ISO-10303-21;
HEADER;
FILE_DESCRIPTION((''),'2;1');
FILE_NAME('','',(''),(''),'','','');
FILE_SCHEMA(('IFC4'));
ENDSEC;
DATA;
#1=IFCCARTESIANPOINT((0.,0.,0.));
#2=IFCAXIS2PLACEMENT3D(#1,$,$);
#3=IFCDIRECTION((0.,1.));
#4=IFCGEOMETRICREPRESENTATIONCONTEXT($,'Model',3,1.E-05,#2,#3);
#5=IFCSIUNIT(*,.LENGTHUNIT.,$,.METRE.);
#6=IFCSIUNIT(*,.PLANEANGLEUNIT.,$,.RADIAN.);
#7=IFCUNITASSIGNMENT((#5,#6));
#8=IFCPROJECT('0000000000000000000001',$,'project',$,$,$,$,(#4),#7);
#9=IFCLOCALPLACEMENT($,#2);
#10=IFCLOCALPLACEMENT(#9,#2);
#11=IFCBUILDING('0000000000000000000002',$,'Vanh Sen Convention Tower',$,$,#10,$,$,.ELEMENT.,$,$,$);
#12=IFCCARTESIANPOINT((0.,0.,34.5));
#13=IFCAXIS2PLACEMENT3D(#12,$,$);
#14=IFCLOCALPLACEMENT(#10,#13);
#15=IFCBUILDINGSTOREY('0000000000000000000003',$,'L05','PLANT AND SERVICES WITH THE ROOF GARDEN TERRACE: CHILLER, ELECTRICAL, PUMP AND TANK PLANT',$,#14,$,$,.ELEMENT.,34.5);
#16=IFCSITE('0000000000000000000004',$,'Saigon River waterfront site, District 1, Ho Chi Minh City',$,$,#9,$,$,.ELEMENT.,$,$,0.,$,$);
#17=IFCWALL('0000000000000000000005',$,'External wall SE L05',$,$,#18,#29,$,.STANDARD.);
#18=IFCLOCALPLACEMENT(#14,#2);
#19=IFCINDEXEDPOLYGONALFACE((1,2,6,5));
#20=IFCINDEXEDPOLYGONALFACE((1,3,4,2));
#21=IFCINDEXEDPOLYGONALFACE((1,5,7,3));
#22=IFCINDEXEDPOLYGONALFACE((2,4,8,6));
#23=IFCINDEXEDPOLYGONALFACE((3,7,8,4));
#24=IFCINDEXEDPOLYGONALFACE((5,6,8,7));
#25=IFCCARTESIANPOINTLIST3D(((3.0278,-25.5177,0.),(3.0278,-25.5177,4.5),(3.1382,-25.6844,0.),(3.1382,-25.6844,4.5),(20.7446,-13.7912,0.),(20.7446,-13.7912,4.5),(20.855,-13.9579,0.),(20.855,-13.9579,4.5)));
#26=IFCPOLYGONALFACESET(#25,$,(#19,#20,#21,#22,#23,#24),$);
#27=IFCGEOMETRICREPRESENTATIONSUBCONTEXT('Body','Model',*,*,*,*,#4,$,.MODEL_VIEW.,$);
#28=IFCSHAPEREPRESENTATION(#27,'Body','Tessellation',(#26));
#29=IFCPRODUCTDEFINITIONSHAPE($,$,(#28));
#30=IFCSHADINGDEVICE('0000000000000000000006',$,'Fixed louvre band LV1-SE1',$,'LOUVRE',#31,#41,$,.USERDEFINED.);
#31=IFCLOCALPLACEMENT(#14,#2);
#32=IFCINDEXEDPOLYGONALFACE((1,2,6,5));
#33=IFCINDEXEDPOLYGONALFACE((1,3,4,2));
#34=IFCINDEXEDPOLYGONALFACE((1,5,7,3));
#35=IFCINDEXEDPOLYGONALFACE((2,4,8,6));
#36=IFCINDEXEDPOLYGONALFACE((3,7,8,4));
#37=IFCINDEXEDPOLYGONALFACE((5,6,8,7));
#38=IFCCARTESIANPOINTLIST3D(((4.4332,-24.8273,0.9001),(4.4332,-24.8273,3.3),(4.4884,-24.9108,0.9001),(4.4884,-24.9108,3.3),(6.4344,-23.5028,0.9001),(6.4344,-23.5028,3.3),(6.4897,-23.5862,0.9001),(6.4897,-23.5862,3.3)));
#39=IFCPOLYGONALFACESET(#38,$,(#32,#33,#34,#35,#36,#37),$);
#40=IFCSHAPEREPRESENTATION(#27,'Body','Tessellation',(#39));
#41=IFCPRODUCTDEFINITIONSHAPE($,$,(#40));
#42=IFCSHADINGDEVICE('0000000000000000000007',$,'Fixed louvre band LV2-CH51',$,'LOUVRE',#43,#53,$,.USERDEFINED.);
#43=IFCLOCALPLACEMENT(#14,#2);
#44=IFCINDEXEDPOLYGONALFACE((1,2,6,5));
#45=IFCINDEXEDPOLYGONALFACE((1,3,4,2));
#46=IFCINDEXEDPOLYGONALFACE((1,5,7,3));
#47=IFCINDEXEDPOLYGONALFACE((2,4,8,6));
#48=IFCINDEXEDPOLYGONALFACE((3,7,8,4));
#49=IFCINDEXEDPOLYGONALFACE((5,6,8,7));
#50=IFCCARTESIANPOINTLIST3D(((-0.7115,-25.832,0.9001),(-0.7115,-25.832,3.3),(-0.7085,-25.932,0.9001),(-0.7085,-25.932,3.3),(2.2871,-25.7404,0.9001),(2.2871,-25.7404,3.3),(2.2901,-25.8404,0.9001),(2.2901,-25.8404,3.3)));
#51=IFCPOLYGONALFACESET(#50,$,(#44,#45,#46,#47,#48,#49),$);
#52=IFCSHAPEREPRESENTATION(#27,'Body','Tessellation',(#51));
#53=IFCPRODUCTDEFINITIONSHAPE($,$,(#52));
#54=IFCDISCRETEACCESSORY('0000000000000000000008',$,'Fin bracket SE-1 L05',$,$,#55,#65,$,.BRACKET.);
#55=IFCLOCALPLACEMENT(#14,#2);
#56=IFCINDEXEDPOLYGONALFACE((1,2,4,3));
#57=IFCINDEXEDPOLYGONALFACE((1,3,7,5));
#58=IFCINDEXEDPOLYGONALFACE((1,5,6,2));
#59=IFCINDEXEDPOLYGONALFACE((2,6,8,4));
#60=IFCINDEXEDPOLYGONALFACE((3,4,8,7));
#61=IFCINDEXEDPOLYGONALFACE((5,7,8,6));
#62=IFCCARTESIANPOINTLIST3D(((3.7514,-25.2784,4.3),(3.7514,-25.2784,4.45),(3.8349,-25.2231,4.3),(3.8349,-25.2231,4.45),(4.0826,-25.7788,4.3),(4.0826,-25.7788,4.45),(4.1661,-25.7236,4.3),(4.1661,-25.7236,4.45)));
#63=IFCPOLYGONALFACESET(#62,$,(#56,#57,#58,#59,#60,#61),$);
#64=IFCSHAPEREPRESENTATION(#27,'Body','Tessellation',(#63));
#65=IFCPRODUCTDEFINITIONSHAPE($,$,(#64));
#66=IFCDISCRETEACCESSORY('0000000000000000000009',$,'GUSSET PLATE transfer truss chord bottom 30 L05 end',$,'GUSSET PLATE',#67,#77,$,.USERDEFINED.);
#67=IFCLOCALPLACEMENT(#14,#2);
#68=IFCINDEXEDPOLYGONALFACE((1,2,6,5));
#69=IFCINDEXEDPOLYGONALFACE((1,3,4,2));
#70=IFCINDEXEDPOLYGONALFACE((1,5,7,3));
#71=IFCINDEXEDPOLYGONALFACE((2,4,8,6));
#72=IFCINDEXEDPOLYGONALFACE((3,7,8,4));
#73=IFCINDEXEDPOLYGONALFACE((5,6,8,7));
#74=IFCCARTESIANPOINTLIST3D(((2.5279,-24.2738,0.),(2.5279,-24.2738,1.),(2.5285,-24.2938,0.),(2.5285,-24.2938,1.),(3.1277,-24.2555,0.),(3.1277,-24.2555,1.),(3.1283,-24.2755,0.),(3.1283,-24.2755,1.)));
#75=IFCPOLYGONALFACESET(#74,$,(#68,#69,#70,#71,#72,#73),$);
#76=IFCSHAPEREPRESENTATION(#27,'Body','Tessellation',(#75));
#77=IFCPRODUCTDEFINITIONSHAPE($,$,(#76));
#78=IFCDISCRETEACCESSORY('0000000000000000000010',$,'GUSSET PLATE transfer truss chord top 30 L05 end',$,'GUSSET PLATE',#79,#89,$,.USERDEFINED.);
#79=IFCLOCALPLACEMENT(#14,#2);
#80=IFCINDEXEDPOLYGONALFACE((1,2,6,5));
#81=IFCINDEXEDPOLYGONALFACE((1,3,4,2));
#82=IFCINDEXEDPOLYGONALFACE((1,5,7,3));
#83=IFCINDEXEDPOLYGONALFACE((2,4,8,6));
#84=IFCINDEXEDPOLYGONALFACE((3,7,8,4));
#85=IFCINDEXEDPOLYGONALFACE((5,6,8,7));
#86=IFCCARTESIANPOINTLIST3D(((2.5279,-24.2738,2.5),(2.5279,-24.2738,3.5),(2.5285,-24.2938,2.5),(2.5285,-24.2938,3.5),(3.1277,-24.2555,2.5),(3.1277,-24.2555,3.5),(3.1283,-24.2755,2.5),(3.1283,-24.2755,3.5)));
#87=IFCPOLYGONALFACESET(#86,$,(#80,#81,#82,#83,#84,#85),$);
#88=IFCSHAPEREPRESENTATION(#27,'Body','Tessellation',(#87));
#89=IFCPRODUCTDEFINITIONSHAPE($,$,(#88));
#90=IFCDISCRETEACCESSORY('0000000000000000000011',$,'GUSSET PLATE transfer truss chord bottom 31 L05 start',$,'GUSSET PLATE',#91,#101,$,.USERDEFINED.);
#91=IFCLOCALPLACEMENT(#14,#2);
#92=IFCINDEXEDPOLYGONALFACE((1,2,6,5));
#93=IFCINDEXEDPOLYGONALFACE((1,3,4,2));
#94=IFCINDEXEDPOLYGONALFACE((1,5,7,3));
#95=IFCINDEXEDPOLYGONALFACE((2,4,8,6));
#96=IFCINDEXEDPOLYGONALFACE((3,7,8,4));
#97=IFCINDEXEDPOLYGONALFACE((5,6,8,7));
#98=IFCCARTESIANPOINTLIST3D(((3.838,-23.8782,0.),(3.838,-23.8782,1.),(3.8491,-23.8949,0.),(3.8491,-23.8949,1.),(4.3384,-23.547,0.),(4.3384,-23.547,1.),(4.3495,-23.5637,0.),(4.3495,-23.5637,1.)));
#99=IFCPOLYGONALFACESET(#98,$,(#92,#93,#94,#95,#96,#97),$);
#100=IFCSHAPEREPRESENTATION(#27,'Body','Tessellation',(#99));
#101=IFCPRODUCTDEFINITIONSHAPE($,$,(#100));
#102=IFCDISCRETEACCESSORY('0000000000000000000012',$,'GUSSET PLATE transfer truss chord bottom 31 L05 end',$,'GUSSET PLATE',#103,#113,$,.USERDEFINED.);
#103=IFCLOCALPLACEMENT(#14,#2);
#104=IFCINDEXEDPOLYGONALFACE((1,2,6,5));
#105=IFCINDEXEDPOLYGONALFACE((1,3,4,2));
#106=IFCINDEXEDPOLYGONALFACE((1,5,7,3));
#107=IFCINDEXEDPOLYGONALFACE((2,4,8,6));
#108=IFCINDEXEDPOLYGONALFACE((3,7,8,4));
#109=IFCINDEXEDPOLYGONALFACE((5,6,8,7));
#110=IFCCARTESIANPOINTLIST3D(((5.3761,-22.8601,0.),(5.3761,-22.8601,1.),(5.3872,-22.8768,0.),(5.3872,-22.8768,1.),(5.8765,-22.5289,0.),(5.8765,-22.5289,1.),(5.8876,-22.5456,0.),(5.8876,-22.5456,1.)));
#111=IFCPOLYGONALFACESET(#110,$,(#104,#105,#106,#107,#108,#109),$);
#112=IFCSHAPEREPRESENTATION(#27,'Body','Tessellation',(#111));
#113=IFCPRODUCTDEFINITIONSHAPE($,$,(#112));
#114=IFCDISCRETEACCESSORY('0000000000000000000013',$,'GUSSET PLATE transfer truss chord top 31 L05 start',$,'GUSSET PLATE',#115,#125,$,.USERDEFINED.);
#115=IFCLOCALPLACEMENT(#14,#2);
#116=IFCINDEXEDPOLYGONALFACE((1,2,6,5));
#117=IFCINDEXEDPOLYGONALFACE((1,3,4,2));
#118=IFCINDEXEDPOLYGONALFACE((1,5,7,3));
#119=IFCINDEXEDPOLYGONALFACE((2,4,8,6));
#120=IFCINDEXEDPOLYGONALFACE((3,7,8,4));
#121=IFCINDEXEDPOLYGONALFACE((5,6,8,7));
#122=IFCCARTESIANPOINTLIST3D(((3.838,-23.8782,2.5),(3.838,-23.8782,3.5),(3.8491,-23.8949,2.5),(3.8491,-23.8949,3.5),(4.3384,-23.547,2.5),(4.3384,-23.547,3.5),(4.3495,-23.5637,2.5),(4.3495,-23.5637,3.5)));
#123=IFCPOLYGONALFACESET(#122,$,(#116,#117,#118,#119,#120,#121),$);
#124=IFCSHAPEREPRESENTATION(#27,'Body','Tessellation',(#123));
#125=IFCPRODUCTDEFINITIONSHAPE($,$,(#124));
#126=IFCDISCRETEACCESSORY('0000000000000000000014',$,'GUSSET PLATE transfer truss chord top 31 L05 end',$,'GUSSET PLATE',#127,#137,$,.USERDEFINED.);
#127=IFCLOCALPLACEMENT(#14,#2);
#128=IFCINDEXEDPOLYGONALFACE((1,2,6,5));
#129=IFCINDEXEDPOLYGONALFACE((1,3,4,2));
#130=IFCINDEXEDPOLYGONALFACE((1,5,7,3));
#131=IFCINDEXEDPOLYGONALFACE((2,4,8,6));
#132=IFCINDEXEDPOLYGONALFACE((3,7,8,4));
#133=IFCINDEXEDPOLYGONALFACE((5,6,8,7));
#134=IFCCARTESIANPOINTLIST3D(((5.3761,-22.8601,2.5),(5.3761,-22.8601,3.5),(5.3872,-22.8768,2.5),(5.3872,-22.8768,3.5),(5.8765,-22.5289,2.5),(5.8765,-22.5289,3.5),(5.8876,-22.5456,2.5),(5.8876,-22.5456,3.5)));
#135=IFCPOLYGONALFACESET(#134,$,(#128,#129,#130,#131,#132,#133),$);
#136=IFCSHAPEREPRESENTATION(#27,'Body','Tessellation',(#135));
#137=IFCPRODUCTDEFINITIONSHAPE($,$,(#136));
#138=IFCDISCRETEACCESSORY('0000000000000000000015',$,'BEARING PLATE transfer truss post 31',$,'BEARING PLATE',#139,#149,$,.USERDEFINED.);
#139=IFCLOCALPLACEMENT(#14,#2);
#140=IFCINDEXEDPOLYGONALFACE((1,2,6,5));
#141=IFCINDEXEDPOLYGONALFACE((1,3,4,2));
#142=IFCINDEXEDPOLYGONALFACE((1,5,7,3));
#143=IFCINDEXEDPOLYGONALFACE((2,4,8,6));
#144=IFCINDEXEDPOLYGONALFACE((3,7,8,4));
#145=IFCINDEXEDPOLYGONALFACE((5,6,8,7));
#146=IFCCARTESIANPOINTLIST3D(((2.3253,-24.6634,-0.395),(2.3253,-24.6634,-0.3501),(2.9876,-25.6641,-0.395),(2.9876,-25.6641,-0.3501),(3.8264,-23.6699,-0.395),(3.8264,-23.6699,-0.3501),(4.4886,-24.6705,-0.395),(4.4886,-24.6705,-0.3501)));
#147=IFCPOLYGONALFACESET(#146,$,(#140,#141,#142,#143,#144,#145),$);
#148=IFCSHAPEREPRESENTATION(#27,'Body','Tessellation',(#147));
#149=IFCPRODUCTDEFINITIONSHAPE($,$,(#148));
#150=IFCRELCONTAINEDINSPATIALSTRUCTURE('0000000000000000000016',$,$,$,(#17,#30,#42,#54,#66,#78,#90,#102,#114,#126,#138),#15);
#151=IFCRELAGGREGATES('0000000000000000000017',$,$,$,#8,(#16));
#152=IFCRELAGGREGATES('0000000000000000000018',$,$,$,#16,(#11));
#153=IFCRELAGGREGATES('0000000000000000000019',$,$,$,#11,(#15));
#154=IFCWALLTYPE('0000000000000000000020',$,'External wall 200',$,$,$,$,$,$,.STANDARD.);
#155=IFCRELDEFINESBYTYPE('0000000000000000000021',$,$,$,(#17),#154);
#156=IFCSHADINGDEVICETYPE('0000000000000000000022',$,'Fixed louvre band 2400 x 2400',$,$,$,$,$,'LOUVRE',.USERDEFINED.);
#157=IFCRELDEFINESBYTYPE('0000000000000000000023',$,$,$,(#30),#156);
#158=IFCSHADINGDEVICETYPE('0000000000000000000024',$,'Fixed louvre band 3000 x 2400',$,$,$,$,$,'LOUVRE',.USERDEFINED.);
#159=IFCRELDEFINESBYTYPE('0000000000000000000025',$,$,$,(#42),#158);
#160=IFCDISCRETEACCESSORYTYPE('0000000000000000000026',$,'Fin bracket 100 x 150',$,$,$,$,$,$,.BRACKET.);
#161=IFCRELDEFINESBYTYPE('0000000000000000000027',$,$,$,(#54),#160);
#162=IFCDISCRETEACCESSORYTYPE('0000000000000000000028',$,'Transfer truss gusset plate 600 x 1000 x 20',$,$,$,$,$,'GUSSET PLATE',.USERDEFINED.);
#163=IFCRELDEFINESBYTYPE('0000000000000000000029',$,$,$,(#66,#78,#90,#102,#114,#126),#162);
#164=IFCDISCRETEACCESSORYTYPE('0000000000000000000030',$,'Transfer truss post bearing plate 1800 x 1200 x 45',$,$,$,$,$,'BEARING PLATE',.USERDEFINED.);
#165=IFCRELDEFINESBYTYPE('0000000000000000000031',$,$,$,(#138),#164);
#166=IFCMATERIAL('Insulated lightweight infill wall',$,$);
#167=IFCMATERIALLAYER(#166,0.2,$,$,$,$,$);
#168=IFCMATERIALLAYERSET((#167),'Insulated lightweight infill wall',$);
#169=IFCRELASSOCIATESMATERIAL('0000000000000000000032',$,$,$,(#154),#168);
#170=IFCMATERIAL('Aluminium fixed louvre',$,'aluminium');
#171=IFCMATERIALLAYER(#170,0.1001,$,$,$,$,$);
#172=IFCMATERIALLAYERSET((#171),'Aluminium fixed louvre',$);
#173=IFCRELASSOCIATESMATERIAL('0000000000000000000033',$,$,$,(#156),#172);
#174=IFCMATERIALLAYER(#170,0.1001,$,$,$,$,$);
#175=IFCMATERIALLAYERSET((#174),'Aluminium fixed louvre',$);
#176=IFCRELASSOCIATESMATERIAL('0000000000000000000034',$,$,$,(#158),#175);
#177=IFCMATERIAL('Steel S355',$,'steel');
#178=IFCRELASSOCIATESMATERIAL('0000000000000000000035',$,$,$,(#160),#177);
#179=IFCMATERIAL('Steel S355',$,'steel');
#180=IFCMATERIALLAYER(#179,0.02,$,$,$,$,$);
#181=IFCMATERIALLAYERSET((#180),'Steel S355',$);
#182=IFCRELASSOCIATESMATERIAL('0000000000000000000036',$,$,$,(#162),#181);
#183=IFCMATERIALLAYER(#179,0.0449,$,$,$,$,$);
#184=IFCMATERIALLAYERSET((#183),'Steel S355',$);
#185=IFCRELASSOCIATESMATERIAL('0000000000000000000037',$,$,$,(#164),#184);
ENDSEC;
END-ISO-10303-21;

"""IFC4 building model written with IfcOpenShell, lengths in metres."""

from ifc_helpers import new_model, si_unit, direction, frame, frame_2d, origin, origin_2d, place, context, subcontext, project, spatial, rectangle, extrude, material, layer, layer_set, type_object, element, save


model = new_model("IFC4")

# Units and contexts
model_context = context("Model", 3, precision=1e-05, world=origin(), true_north=direction((0.0, 1.0)))
body_context = subcontext(model_context, "Body", "Model", "MODEL_VIEW")
ifc_project = project(units=[si_unit("LENGTHUNIT", "METRE"), si_unit("PLANEANGLEUNIT", "RADIAN")], contexts=[model_context])

# Site, building, storey
site_placement = place(None, origin())
site = spatial("IfcSite", under=ifc_project, at=site_placement, Name="Saigon River waterfront site, District 1, Ho Chi Minh City", CompositionType="ELEMENT", RefElevation=0.0)
building_placement = place(site_placement, origin())
building = spatial("IfcBuilding", under=site, at=building_placement, Name="Vanh Sen Convention Tower", CompositionType="ELEMENT")
storey_placement = place(building_placement, frame((0.0, 0.0, 34.5)))
storey = spatial("IfcBuildingStorey", under=building, at=storey_placement, Name="L05", Description="PLANT AND SERVICES WITH THE ROOF GARDEN TERRACE: CHILLER, ELECTRICAL, PUMP AND TANK PLANT", CompositionType="ELEMENT", Elevation=34.5)

# Shared definitions
ifc_material_1 = material(Name="Steel S355", Category="steel")

# Wall
ifc_material_2 = material(Name="Insulated lightweight infill wall")
ifc_layer_1 = layer(ifc_material_2, 0.2)
ifc_layer_set_1 = layer_set([ifc_layer_1], Name="Insulated lightweight infill wall")
wall_type = type_object("IfcWallType", Name="External wall 200", PredefinedType="STANDARD", material=ifc_layer_set_1)
wall_placement = place(storey_placement, frame((3.083, -25.6011, 0.0), z_axis=(0.0, 0.0, 1.0), x_axis=(0.833884, 0.551939, 0.0)))
element("IfcWall", 1, at=wall_placement, inside=storey, type_object=wall_type, Name="External wall SE L05", PredefinedType="STANDARD", context=body_context, shape_type="SweptSolid", body=[
    extrude(rectangle(XDim=21.2461, YDim=0.2, at=frame_2d((10.623, 0.0))), origin(), (0.0, 0.0, 1.0), 4.5),
])

# Shading devices
ifc_material_3 = material(Name="Aluminium fixed louvre", Category="aluminium")
ifc_layer_2 = layer(ifc_material_3, 0.1001)
ifc_layer_set_2 = layer_set([ifc_layer_2], Name="Aluminium fixed louvre")
shading_device_type_1 = type_object("IfcShadingDeviceType", Name="Fixed louvre band 2400 x 2400", ElementType="LOUVRE", PredefinedType="USERDEFINED", material=ifc_layer_set_2)
shading_device_1_placement = place(storey_placement, frame((5.4614, -24.2068, 0.9001), z_axis=(0.0, 0.0, 1.0), x_axis=(0.833886, 0.551937, 0.0)))
element("IfcShadingDevice", 2, at=shading_device_1_placement, inside=storey, type_object=shading_device_type_1, Name="Fixed louvre band LV1-SE1", ObjectType="LOUVRE", PredefinedType="USERDEFINED", context=body_context, shape_type="SweptSolid", body=[
    extrude(rectangle(XDim=2.3999, YDim=0.1001, at=origin_2d()), origin(), (0.0, 0.0, 1.0), 2.3999),
])
ifc_layer_3 = layer(ifc_material_3, 0.1001)
ifc_layer_set_3 = layer_set([ifc_layer_3], Name="Aluminium fixed louvre")
shading_device_type_2 = type_object("IfcShadingDeviceType", Name="Fixed louvre band 3000 x 2400", ElementType="LOUVRE", PredefinedType="USERDEFINED", material=ifc_layer_set_3)
shading_device_2_placement = place(storey_placement, frame((0.7893, -25.8362, 0.9001), z_axis=(0.0, 0.0, 1.0), x_axis=(0.999534, 0.030537, 0.0)))
element("IfcShadingDevice", 3, at=shading_device_2_placement, inside=storey, type_object=shading_device_type_2, Name="Fixed louvre band LV2-CH51", ObjectType="LOUVRE", PredefinedType="USERDEFINED", context=body_context, shape_type="SweptSolid", body=[
    extrude(rectangle(XDim=3.0, YDim=0.1001, at=origin_2d()), origin(), (0.0, 0.0, 1.0), 2.3999),
])

# Discrete accessories
ifc_material_4 = material(Name="Steel S355", Category="steel")
discrete_accessory_type_1 = type_object("IfcDiscreteAccessoryType", Name="Fin bracket 100 x 150", PredefinedType="BRACKET", material=ifc_material_4)
discrete_accessory_1_placement = place(storey_placement, frame((3.9587, -25.501, 4.3), z_axis=(0.0, 0.0, 1.0), x_axis=(0.551937, -0.833886, 0.0)))
element("IfcDiscreteAccessory", 4, at=discrete_accessory_1_placement, inside=storey, type_object=discrete_accessory_type_1, Name="Fin bracket SE-1 L05", PredefinedType="BRACKET", context=body_context, shape_type="SweptSolid", body=[
    extrude(rectangle(XDim=0.6001, YDim=0.1001, at=origin_2d()), origin(), (0.0, 0.0, 1.0), 0.1499),
])
ifc_layer_4 = layer(ifc_material_1, 0.02)
ifc_layer_set_4 = layer_set([ifc_layer_4], Name="Steel S355")
discrete_accessory_type_2 = type_object("IfcDiscreteAccessoryType", Name="Transfer truss gusset plate 600 x 1000 x 20", ElementType="GUSSET PLATE", PredefinedType="USERDEFINED", material=ifc_layer_set_4)
for number, where, z_axis, x_axis, name in (
    (5, (2.8281, -24.2747, 0.0), (0.0, 0.0, 1.0), (-0.999533, -0.030542, 0.0), "GUSSET PLATE transfer truss chord bottom 30 L05 end"),
    (6, (2.8281, -24.2747, 2.5), (0.0, 0.0, 1.0), (-0.999533, -0.030542, 0.0), "GUSSET PLATE transfer truss chord top 30 L05 end"),
    (7, (4.0938, -23.7209, 0.0), (0.0, 0.0, 1.0), (0.833892, 0.551928, 0.0), "GUSSET PLATE transfer truss chord bottom 31 L05 start"),
    (8, (5.6318, -22.7029, 0.0), (0.0, 0.0, 1.0), (-0.833892, -0.551928, 0.0), "GUSSET PLATE transfer truss chord bottom 31 L05 end"),
    (9, (4.0938, -23.7209, 2.5), (0.0, 0.0, 1.0), (0.833892, 0.551928, 0.0), "GUSSET PLATE transfer truss chord top 31 L05 start"),
    (10, (5.6318, -22.7029, 2.5), (0.0, 0.0, 1.0), (-0.833892, -0.551928, 0.0), "GUSSET PLATE transfer truss chord top 31 L05 end"),
):
    element("IfcDiscreteAccessory", number, at=place(storey_placement, frame(where, z_axis=z_axis, x_axis=x_axis)), inside=storey, type_object=discrete_accessory_type_2, Name=name, ObjectType="GUSSET PLATE", PredefinedType="USERDEFINED", context=body_context, shape_type="SweptSolid", body=[
        extrude(rectangle(XDim=0.6001, YDim=0.02, at=origin_2d()), origin(), (0.0, 0.0, 1.0), 1.0),
    ])
ifc_layer_5 = layer(ifc_material_1, 0.0449)
ifc_layer_set_5 = layer_set([ifc_layer_5], Name="Steel S355")
discrete_accessory_type_3 = type_object("IfcDiscreteAccessoryType", Name="Transfer truss post bearing plate 1800 x 1200 x 45", ElementType="BEARING PLATE", PredefinedType="USERDEFINED", material=ifc_layer_set_5)
discrete_accessory_2_placement = place(storey_placement, frame((3.407, -24.667, -0.395), z_axis=(0.0, 0.0, 1.0), x_axis=(0.833886, 0.551937, 0.0)))
element("IfcDiscreteAccessory", 11, at=discrete_accessory_2_placement, inside=storey, type_object=discrete_accessory_type_3, Name="BEARING PLATE transfer truss post 31", ObjectType="BEARING PLATE", PredefinedType="USERDEFINED", context=body_context, shape_type="SweptSolid", body=[
    extrude(rectangle(XDim=1.8, YDim=1.2, at=origin_2d()), origin(), (0.0, 0.0, 1.0), 0.0449),
])

save(model, "model.ifc")
